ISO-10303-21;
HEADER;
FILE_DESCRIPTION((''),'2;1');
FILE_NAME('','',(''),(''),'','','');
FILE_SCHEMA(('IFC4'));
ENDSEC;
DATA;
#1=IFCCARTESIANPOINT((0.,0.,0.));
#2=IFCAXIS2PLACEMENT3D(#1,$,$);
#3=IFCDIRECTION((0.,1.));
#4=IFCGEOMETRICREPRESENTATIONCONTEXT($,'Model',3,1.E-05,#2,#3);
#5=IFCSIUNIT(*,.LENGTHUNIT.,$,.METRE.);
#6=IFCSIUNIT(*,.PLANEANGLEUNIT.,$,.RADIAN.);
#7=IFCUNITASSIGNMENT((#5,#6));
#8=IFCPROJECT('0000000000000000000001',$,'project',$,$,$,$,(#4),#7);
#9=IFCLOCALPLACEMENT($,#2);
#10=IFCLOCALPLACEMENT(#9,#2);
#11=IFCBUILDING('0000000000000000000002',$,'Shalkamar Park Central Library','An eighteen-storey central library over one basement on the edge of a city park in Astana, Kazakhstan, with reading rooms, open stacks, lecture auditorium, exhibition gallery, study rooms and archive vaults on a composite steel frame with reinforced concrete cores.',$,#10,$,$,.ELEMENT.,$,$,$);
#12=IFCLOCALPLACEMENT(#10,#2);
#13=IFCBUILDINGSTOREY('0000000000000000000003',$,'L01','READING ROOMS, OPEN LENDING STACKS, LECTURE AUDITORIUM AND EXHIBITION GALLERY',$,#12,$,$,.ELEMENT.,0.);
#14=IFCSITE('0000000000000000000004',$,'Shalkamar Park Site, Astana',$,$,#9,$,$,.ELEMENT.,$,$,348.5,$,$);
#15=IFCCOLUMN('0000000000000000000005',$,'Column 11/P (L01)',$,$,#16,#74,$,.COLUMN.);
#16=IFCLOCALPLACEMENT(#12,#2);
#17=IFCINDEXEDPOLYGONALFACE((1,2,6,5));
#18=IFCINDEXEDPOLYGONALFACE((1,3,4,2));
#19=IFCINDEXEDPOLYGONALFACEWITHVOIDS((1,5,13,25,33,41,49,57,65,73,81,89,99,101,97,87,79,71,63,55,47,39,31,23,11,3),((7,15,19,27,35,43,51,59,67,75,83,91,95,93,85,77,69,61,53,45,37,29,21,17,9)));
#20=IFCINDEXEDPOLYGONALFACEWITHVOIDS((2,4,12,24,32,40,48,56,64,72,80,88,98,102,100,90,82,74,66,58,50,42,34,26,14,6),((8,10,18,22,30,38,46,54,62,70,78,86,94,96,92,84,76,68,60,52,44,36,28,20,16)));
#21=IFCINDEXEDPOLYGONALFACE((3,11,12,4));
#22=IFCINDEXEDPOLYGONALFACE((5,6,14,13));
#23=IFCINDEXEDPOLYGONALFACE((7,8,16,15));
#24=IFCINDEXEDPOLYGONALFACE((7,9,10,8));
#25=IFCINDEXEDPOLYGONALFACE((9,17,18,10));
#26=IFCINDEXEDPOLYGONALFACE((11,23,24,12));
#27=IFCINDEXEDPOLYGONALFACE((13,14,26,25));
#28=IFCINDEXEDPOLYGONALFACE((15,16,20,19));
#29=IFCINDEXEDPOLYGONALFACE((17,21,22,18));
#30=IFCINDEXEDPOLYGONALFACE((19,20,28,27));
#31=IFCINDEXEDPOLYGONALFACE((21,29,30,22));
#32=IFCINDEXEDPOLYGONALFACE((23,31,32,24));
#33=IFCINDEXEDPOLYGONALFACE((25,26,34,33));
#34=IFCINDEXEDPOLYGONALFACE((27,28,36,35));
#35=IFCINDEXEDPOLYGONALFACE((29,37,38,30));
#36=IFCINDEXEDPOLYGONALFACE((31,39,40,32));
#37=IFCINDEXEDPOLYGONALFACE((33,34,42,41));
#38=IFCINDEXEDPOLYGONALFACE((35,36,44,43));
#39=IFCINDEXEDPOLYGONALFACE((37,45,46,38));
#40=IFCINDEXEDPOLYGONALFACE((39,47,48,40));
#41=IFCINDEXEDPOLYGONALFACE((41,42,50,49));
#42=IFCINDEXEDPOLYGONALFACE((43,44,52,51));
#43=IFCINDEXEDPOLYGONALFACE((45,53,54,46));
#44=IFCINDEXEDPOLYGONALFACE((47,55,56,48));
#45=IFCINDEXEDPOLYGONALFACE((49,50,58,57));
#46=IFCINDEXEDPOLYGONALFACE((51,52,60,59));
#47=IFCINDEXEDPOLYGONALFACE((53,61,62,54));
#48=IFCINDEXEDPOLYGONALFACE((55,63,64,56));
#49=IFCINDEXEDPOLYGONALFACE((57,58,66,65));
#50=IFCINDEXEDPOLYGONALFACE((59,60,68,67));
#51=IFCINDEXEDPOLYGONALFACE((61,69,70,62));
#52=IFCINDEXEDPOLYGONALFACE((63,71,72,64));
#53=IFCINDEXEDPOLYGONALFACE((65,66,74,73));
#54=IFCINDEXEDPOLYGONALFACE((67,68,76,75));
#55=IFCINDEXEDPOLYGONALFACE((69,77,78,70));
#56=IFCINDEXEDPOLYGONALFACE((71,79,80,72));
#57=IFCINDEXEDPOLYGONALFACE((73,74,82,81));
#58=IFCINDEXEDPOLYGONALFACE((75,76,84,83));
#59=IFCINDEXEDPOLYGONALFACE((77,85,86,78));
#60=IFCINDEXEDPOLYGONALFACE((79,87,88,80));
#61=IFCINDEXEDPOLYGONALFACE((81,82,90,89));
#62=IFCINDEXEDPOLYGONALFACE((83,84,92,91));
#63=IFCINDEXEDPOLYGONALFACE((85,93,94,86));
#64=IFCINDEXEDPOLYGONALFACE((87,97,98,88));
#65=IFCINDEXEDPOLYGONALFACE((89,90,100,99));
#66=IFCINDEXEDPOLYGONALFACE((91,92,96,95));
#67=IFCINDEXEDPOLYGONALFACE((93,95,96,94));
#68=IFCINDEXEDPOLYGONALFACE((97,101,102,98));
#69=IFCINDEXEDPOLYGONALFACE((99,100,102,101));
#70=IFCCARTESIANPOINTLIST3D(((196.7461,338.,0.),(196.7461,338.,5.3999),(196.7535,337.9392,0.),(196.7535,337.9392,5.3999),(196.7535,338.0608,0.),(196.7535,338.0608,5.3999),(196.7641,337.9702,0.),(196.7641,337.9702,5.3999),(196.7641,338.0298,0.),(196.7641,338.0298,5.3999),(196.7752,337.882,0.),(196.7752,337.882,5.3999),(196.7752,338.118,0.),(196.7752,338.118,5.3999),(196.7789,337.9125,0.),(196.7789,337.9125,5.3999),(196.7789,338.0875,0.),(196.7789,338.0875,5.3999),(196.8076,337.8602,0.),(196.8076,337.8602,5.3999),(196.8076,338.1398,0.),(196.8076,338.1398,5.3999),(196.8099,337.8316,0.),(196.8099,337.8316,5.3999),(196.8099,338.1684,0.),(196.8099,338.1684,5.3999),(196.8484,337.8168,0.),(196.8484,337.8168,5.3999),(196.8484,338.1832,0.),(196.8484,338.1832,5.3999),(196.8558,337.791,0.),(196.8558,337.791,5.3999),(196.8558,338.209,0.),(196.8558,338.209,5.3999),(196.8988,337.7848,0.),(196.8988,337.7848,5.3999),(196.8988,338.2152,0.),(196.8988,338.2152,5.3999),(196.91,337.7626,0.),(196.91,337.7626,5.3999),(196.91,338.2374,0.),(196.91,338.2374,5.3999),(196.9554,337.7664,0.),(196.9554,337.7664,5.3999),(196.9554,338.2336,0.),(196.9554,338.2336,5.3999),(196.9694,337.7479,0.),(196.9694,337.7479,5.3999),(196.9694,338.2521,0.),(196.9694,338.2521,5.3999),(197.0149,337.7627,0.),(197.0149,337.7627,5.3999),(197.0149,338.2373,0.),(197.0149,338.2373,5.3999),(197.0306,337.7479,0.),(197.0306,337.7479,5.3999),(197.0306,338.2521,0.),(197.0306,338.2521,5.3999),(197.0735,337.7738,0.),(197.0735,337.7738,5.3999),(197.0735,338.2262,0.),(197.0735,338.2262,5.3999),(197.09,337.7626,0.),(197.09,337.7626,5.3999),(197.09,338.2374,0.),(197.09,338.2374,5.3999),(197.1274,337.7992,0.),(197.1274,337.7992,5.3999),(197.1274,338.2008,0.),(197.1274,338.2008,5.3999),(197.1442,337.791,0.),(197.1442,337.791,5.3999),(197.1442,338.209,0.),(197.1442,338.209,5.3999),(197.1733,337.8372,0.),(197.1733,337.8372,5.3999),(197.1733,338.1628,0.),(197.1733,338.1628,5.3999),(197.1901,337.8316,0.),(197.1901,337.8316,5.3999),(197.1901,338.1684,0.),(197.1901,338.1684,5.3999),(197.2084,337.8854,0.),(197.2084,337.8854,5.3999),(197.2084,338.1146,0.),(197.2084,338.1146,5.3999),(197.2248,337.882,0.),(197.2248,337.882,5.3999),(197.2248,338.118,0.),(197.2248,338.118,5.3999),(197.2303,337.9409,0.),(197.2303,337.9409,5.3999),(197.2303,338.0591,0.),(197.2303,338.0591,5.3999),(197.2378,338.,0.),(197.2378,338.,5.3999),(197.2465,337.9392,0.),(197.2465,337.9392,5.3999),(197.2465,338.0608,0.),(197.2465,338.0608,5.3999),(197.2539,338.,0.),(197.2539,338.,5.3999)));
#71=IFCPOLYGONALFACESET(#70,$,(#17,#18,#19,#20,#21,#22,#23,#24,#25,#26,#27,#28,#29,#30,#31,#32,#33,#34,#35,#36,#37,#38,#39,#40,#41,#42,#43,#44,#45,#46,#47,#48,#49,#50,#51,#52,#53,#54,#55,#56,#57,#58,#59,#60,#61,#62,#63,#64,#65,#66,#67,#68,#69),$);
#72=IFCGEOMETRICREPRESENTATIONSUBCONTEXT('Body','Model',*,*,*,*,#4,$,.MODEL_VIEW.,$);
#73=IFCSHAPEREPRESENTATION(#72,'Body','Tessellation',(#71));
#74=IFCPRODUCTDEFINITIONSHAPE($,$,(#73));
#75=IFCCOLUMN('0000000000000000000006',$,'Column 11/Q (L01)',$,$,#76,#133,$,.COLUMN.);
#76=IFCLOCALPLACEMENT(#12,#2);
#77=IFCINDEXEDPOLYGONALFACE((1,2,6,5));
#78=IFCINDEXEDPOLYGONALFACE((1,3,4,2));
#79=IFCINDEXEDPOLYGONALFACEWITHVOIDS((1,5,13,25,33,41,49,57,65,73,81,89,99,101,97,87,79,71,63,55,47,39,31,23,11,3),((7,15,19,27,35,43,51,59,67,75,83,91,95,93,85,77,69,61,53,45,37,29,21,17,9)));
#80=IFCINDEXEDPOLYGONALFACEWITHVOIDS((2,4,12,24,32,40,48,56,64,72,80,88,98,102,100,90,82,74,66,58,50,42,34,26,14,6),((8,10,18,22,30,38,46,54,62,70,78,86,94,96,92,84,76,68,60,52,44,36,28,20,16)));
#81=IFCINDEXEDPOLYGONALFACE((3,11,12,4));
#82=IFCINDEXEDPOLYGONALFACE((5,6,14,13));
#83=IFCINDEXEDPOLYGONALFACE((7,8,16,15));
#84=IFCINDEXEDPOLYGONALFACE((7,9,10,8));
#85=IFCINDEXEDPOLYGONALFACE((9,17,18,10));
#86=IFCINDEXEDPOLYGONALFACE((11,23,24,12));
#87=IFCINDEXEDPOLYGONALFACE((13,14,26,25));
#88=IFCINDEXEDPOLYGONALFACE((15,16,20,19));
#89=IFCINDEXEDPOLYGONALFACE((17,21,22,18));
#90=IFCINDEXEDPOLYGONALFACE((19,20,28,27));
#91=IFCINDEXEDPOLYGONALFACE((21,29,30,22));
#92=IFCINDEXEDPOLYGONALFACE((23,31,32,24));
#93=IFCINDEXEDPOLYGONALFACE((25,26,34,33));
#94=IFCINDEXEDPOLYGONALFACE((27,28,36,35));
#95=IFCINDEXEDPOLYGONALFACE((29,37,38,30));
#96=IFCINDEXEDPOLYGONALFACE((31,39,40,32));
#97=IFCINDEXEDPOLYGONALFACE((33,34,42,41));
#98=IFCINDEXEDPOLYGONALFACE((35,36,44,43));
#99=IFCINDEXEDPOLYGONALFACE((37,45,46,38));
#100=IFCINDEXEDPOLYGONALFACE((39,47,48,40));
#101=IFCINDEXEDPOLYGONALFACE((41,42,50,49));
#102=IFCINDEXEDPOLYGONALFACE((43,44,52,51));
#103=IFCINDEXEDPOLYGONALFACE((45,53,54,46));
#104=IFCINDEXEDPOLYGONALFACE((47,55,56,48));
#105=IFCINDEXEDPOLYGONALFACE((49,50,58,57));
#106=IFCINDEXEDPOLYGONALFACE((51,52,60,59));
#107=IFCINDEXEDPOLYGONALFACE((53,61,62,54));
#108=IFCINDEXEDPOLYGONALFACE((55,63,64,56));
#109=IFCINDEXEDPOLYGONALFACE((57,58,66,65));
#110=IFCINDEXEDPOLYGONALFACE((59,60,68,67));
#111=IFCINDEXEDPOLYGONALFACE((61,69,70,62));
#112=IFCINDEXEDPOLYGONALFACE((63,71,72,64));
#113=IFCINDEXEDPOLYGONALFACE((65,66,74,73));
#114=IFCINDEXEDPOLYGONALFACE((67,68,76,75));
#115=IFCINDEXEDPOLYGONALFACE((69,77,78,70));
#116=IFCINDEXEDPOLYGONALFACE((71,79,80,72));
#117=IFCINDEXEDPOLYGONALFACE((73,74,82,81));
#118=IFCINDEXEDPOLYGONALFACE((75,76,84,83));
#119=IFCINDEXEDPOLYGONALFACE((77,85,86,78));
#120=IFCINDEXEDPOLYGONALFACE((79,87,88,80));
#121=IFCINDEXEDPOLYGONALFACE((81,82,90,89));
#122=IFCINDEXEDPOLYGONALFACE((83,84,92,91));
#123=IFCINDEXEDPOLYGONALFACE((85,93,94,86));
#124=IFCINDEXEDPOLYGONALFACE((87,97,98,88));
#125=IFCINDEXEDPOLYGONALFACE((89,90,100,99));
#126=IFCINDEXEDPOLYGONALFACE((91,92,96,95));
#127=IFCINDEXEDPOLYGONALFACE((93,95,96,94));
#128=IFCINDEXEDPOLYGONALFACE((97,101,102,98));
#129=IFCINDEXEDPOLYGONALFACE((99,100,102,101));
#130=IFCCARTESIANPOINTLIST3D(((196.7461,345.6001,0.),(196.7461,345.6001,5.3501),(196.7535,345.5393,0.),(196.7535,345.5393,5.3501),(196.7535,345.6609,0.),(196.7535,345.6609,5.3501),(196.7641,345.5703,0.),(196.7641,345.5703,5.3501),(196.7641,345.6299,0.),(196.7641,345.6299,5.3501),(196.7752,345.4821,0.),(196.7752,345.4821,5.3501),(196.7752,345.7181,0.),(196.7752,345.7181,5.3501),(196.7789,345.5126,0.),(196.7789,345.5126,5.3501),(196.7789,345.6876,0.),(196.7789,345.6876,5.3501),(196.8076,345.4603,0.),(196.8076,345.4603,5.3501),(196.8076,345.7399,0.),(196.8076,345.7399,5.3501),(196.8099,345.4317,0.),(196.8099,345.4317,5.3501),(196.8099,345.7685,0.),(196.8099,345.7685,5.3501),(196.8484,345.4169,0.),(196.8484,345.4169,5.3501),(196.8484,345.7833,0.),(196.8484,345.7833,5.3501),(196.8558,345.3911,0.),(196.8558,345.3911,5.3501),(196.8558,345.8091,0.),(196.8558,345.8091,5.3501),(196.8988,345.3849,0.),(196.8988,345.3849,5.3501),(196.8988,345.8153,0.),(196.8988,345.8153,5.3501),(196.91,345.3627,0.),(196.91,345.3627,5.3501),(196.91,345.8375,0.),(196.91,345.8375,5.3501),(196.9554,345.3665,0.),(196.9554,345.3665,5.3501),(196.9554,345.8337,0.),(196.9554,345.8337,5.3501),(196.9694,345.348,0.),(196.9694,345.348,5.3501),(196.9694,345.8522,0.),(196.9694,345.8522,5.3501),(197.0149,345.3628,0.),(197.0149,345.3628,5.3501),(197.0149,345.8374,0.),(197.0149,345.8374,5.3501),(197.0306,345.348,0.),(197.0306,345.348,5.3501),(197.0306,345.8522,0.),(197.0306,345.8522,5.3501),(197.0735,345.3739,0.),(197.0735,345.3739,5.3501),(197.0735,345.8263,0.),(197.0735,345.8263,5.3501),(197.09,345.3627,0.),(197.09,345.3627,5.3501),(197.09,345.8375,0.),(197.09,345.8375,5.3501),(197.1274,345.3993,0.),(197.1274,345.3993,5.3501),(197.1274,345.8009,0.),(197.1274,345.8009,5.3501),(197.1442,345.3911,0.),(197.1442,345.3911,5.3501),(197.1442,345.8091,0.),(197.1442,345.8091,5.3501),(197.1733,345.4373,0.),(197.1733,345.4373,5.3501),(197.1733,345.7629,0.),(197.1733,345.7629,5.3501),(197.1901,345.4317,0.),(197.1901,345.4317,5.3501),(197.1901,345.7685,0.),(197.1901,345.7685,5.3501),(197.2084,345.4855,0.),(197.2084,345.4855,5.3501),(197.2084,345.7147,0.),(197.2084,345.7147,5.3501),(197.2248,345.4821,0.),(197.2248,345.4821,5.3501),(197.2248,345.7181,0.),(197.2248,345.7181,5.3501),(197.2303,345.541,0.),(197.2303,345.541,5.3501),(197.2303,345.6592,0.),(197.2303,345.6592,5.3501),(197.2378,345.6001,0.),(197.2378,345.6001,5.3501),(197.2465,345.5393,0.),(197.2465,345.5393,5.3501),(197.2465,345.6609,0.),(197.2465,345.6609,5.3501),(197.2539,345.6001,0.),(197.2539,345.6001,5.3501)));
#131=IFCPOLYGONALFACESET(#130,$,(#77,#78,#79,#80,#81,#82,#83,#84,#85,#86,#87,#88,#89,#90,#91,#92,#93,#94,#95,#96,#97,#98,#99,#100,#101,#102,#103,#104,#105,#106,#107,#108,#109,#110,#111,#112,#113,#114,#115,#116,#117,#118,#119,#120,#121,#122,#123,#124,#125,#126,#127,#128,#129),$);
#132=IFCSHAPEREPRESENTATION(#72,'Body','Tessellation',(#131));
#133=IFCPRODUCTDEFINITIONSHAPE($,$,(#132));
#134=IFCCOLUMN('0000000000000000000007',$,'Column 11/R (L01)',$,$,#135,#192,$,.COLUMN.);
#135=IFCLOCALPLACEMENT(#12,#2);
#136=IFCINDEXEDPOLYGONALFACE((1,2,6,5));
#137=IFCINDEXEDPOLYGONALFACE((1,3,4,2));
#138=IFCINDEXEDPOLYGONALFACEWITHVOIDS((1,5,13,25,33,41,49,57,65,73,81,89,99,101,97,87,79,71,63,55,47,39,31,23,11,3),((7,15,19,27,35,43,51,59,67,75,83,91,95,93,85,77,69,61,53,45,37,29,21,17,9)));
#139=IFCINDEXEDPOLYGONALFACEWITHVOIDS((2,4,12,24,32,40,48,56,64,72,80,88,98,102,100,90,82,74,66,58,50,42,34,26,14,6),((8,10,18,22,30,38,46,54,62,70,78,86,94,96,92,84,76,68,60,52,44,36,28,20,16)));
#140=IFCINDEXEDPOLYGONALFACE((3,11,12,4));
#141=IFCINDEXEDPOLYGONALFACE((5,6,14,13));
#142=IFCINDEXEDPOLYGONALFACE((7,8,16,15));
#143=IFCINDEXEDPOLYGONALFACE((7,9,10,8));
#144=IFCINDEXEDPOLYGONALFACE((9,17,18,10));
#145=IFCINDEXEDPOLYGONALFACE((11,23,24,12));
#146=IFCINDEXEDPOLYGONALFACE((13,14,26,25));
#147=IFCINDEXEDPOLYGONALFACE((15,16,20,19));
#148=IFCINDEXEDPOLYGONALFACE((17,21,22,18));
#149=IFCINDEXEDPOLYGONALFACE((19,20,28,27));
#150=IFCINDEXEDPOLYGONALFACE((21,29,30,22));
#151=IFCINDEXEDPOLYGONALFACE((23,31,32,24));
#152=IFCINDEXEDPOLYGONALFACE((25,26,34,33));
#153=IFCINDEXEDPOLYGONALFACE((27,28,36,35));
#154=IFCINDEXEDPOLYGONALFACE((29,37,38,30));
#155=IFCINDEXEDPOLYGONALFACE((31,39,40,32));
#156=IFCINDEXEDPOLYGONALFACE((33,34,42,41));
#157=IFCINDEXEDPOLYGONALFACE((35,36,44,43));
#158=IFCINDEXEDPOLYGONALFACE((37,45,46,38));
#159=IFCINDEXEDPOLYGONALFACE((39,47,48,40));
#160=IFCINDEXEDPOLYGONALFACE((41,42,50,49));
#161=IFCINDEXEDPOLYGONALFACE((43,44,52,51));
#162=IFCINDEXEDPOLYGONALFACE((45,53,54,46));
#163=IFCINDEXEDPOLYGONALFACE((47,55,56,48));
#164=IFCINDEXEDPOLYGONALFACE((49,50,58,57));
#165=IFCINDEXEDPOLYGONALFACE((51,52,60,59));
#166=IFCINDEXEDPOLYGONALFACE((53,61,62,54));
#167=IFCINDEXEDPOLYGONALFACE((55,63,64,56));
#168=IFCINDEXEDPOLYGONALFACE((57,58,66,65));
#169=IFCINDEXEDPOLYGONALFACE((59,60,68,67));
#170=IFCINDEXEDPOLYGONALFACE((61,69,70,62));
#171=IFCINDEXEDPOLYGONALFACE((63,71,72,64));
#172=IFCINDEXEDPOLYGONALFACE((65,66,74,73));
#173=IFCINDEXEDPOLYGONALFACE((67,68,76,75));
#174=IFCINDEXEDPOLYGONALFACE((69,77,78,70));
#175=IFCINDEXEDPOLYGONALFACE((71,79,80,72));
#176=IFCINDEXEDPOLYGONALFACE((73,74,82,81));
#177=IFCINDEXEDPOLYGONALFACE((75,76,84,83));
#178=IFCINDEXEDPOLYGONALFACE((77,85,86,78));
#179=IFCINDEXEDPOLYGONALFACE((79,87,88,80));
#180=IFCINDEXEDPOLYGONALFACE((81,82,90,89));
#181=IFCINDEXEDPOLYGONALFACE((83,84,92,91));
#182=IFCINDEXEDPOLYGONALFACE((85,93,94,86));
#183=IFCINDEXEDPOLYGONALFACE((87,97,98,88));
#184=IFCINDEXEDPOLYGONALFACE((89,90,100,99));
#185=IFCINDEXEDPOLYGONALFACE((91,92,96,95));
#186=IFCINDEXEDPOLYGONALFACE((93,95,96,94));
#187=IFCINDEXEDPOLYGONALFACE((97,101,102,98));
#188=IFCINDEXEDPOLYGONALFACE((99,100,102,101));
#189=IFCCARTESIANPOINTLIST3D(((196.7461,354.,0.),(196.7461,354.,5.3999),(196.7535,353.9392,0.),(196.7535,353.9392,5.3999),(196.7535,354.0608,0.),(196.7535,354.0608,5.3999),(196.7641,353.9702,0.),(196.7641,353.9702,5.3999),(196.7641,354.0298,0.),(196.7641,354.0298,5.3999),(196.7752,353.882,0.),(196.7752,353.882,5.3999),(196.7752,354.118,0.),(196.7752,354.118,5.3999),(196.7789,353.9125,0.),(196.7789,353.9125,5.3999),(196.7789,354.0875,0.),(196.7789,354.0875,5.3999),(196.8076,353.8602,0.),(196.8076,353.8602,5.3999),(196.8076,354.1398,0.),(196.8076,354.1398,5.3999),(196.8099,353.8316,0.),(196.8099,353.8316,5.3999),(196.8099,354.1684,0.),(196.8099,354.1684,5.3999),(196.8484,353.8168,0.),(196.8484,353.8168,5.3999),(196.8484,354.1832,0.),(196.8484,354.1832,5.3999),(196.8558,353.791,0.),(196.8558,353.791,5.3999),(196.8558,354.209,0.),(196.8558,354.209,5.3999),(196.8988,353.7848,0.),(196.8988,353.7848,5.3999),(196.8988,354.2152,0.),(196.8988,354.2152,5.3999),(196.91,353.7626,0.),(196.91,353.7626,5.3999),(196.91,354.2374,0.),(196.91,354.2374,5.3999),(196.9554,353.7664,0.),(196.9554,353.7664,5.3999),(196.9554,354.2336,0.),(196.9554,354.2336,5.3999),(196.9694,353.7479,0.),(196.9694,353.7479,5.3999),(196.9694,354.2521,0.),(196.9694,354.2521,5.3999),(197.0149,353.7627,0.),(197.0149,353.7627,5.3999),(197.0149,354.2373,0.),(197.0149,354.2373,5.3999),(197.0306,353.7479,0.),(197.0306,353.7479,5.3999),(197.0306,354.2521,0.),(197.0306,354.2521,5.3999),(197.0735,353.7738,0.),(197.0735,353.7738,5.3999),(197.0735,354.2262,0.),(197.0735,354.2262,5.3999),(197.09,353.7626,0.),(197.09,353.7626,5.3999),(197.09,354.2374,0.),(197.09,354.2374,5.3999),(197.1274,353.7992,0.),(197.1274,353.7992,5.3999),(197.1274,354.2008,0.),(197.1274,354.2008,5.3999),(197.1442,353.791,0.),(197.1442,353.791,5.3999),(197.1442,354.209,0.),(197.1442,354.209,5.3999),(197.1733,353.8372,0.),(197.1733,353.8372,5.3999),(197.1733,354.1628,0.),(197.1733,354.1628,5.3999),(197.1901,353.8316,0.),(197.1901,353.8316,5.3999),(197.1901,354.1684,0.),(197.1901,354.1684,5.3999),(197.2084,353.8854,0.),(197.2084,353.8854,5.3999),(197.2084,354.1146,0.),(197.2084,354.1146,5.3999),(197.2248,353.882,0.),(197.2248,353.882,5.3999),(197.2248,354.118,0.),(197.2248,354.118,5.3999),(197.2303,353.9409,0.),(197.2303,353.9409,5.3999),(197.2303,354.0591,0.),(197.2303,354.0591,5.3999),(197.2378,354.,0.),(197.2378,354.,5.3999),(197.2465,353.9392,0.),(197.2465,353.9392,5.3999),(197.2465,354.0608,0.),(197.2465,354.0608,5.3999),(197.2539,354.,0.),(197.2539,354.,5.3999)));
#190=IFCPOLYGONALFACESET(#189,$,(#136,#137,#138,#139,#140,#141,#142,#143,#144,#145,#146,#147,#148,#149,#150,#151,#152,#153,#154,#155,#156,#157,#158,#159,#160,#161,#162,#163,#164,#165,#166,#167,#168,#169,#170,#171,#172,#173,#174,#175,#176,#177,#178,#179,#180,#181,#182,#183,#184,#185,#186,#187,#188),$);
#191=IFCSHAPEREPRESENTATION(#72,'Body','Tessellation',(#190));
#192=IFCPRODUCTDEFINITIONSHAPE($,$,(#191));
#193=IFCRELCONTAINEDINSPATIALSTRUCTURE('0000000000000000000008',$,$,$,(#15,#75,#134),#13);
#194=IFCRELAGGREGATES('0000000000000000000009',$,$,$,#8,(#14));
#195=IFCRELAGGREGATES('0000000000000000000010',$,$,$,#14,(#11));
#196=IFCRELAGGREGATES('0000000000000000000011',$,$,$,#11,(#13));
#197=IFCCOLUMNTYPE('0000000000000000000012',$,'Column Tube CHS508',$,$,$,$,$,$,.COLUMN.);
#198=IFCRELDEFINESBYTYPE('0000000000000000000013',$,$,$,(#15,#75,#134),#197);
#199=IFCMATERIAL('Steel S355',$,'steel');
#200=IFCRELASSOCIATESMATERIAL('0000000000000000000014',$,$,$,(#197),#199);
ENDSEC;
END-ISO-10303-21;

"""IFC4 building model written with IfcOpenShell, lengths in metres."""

from ifc_helpers import new_model, si_unit, direction, frame, origin, origin_2d, place, context, subcontext, project, spatial, hollow_circle, extrude, material, material_profile, profile_set, type_object, element, save


model = new_model("IFC4")

# Units and contexts
model_context = context("Model", 3, precision=1e-05, world=origin(), true_north=direction((0.0, 1.0)))
body_context = subcontext(model_context, "Body", "Model", "MODEL_VIEW")
ifc_project = project(units=[si_unit("LENGTHUNIT", "METRE"), si_unit("PLANEANGLEUNIT", "RADIAN")], contexts=[model_context])

# Site, building, storey
site_placement = place(None, origin())
site = spatial("IfcSite", under=ifc_project, at=site_placement, Name="Shalkamar Park Site, Astana", CompositionType="ELEMENT", RefElevation=348.5)
building_placement = place(site_placement, origin())
building = spatial("IfcBuilding", under=site, at=building_placement, Name="Shalkamar Park Central Library", Description="An eighteen-storey central library over one basement on the edge of a city park in Astana, Kazakhstan, with reading rooms, open stacks, lecture auditorium, exhibition gallery, study rooms and archive vaults on a composite steel frame with reinforced concrete cores.", CompositionType="ELEMENT")
storey_placement = place(building_placement, origin())
storey = spatial("IfcBuildingStorey", under=building, at=storey_placement, Name="L01", Description="READING ROOMS, OPEN LENDING STACKS, LECTURE AUDITORIUM AND EXHIBITION GALLERY", CompositionType="ELEMENT", Elevation=0.0)

# Columns
ifc_material_1 = material(Name="Steel S355", Category="steel")
ifc_material_profile_1 = material_profile(ifc_material_1, hollow_circle(Radius=0.2539, WallThickness=0.0161, at=origin_2d()), Name="CHS 508x16")
ifc_profile_set_1 = profile_set([ifc_material_profile_1], Name="Steel S355")
column_type_1 = type_object("IfcColumnType", Name="Column Tube CHS508", PredefinedType="COLUMN", material=ifc_profile_set_1)
column_1_placement = place(storey_placement, frame((197.0, 338.0, 0.0), z_axis=(0.0, 0.0, 1.0), x_axis=(1.0, 0.0, 0.0)))
element("IfcColumn", 1, at=column_1_placement, inside=storey, type_object=column_type_1, Name="Column 11/P (L01)", PredefinedType="COLUMN", context=body_context, shape_type="SweptSolid", body=[
    extrude(hollow_circle(Radius=0.2539, WallThickness=0.0161, at=origin_2d()), origin(), (0.0, 0.0, 1.0), 5.3999),
])
column_2_placement = place(storey_placement, frame((197.0, 345.6001, 0.0), z_axis=(0.0, 0.0, 1.0), x_axis=(1.0, 0.0, 0.0)))
element("IfcColumn", 2, at=column_2_placement, inside=storey, type_object=column_type_1, Name="Column 11/Q (L01)", PredefinedType="COLUMN", context=body_context, shape_type="SweptSolid", body=[
    extrude(hollow_circle(Radius=0.2539, WallThickness=0.0161, at=origin_2d()), origin(), (0.0, 0.0, 1.0), 5.3501),
])
column_3_placement = place(storey_placement, frame((197.0, 354.0, 0.0), z_axis=(0.0, 0.0, 1.0), x_axis=(1.0, 0.0, 0.0)))
element("IfcColumn", 3, at=column_3_placement, inside=storey, type_object=column_type_1, Name="Column 11/R (L01)", PredefinedType="COLUMN", context=body_context, shape_type="SweptSolid", body=[
    extrude(hollow_circle(Radius=0.2539, WallThickness=0.0161, at=origin_2d()), origin(), (0.0, 0.0, 1.0), 5.3999),
])

save(model, "model.ifc")
